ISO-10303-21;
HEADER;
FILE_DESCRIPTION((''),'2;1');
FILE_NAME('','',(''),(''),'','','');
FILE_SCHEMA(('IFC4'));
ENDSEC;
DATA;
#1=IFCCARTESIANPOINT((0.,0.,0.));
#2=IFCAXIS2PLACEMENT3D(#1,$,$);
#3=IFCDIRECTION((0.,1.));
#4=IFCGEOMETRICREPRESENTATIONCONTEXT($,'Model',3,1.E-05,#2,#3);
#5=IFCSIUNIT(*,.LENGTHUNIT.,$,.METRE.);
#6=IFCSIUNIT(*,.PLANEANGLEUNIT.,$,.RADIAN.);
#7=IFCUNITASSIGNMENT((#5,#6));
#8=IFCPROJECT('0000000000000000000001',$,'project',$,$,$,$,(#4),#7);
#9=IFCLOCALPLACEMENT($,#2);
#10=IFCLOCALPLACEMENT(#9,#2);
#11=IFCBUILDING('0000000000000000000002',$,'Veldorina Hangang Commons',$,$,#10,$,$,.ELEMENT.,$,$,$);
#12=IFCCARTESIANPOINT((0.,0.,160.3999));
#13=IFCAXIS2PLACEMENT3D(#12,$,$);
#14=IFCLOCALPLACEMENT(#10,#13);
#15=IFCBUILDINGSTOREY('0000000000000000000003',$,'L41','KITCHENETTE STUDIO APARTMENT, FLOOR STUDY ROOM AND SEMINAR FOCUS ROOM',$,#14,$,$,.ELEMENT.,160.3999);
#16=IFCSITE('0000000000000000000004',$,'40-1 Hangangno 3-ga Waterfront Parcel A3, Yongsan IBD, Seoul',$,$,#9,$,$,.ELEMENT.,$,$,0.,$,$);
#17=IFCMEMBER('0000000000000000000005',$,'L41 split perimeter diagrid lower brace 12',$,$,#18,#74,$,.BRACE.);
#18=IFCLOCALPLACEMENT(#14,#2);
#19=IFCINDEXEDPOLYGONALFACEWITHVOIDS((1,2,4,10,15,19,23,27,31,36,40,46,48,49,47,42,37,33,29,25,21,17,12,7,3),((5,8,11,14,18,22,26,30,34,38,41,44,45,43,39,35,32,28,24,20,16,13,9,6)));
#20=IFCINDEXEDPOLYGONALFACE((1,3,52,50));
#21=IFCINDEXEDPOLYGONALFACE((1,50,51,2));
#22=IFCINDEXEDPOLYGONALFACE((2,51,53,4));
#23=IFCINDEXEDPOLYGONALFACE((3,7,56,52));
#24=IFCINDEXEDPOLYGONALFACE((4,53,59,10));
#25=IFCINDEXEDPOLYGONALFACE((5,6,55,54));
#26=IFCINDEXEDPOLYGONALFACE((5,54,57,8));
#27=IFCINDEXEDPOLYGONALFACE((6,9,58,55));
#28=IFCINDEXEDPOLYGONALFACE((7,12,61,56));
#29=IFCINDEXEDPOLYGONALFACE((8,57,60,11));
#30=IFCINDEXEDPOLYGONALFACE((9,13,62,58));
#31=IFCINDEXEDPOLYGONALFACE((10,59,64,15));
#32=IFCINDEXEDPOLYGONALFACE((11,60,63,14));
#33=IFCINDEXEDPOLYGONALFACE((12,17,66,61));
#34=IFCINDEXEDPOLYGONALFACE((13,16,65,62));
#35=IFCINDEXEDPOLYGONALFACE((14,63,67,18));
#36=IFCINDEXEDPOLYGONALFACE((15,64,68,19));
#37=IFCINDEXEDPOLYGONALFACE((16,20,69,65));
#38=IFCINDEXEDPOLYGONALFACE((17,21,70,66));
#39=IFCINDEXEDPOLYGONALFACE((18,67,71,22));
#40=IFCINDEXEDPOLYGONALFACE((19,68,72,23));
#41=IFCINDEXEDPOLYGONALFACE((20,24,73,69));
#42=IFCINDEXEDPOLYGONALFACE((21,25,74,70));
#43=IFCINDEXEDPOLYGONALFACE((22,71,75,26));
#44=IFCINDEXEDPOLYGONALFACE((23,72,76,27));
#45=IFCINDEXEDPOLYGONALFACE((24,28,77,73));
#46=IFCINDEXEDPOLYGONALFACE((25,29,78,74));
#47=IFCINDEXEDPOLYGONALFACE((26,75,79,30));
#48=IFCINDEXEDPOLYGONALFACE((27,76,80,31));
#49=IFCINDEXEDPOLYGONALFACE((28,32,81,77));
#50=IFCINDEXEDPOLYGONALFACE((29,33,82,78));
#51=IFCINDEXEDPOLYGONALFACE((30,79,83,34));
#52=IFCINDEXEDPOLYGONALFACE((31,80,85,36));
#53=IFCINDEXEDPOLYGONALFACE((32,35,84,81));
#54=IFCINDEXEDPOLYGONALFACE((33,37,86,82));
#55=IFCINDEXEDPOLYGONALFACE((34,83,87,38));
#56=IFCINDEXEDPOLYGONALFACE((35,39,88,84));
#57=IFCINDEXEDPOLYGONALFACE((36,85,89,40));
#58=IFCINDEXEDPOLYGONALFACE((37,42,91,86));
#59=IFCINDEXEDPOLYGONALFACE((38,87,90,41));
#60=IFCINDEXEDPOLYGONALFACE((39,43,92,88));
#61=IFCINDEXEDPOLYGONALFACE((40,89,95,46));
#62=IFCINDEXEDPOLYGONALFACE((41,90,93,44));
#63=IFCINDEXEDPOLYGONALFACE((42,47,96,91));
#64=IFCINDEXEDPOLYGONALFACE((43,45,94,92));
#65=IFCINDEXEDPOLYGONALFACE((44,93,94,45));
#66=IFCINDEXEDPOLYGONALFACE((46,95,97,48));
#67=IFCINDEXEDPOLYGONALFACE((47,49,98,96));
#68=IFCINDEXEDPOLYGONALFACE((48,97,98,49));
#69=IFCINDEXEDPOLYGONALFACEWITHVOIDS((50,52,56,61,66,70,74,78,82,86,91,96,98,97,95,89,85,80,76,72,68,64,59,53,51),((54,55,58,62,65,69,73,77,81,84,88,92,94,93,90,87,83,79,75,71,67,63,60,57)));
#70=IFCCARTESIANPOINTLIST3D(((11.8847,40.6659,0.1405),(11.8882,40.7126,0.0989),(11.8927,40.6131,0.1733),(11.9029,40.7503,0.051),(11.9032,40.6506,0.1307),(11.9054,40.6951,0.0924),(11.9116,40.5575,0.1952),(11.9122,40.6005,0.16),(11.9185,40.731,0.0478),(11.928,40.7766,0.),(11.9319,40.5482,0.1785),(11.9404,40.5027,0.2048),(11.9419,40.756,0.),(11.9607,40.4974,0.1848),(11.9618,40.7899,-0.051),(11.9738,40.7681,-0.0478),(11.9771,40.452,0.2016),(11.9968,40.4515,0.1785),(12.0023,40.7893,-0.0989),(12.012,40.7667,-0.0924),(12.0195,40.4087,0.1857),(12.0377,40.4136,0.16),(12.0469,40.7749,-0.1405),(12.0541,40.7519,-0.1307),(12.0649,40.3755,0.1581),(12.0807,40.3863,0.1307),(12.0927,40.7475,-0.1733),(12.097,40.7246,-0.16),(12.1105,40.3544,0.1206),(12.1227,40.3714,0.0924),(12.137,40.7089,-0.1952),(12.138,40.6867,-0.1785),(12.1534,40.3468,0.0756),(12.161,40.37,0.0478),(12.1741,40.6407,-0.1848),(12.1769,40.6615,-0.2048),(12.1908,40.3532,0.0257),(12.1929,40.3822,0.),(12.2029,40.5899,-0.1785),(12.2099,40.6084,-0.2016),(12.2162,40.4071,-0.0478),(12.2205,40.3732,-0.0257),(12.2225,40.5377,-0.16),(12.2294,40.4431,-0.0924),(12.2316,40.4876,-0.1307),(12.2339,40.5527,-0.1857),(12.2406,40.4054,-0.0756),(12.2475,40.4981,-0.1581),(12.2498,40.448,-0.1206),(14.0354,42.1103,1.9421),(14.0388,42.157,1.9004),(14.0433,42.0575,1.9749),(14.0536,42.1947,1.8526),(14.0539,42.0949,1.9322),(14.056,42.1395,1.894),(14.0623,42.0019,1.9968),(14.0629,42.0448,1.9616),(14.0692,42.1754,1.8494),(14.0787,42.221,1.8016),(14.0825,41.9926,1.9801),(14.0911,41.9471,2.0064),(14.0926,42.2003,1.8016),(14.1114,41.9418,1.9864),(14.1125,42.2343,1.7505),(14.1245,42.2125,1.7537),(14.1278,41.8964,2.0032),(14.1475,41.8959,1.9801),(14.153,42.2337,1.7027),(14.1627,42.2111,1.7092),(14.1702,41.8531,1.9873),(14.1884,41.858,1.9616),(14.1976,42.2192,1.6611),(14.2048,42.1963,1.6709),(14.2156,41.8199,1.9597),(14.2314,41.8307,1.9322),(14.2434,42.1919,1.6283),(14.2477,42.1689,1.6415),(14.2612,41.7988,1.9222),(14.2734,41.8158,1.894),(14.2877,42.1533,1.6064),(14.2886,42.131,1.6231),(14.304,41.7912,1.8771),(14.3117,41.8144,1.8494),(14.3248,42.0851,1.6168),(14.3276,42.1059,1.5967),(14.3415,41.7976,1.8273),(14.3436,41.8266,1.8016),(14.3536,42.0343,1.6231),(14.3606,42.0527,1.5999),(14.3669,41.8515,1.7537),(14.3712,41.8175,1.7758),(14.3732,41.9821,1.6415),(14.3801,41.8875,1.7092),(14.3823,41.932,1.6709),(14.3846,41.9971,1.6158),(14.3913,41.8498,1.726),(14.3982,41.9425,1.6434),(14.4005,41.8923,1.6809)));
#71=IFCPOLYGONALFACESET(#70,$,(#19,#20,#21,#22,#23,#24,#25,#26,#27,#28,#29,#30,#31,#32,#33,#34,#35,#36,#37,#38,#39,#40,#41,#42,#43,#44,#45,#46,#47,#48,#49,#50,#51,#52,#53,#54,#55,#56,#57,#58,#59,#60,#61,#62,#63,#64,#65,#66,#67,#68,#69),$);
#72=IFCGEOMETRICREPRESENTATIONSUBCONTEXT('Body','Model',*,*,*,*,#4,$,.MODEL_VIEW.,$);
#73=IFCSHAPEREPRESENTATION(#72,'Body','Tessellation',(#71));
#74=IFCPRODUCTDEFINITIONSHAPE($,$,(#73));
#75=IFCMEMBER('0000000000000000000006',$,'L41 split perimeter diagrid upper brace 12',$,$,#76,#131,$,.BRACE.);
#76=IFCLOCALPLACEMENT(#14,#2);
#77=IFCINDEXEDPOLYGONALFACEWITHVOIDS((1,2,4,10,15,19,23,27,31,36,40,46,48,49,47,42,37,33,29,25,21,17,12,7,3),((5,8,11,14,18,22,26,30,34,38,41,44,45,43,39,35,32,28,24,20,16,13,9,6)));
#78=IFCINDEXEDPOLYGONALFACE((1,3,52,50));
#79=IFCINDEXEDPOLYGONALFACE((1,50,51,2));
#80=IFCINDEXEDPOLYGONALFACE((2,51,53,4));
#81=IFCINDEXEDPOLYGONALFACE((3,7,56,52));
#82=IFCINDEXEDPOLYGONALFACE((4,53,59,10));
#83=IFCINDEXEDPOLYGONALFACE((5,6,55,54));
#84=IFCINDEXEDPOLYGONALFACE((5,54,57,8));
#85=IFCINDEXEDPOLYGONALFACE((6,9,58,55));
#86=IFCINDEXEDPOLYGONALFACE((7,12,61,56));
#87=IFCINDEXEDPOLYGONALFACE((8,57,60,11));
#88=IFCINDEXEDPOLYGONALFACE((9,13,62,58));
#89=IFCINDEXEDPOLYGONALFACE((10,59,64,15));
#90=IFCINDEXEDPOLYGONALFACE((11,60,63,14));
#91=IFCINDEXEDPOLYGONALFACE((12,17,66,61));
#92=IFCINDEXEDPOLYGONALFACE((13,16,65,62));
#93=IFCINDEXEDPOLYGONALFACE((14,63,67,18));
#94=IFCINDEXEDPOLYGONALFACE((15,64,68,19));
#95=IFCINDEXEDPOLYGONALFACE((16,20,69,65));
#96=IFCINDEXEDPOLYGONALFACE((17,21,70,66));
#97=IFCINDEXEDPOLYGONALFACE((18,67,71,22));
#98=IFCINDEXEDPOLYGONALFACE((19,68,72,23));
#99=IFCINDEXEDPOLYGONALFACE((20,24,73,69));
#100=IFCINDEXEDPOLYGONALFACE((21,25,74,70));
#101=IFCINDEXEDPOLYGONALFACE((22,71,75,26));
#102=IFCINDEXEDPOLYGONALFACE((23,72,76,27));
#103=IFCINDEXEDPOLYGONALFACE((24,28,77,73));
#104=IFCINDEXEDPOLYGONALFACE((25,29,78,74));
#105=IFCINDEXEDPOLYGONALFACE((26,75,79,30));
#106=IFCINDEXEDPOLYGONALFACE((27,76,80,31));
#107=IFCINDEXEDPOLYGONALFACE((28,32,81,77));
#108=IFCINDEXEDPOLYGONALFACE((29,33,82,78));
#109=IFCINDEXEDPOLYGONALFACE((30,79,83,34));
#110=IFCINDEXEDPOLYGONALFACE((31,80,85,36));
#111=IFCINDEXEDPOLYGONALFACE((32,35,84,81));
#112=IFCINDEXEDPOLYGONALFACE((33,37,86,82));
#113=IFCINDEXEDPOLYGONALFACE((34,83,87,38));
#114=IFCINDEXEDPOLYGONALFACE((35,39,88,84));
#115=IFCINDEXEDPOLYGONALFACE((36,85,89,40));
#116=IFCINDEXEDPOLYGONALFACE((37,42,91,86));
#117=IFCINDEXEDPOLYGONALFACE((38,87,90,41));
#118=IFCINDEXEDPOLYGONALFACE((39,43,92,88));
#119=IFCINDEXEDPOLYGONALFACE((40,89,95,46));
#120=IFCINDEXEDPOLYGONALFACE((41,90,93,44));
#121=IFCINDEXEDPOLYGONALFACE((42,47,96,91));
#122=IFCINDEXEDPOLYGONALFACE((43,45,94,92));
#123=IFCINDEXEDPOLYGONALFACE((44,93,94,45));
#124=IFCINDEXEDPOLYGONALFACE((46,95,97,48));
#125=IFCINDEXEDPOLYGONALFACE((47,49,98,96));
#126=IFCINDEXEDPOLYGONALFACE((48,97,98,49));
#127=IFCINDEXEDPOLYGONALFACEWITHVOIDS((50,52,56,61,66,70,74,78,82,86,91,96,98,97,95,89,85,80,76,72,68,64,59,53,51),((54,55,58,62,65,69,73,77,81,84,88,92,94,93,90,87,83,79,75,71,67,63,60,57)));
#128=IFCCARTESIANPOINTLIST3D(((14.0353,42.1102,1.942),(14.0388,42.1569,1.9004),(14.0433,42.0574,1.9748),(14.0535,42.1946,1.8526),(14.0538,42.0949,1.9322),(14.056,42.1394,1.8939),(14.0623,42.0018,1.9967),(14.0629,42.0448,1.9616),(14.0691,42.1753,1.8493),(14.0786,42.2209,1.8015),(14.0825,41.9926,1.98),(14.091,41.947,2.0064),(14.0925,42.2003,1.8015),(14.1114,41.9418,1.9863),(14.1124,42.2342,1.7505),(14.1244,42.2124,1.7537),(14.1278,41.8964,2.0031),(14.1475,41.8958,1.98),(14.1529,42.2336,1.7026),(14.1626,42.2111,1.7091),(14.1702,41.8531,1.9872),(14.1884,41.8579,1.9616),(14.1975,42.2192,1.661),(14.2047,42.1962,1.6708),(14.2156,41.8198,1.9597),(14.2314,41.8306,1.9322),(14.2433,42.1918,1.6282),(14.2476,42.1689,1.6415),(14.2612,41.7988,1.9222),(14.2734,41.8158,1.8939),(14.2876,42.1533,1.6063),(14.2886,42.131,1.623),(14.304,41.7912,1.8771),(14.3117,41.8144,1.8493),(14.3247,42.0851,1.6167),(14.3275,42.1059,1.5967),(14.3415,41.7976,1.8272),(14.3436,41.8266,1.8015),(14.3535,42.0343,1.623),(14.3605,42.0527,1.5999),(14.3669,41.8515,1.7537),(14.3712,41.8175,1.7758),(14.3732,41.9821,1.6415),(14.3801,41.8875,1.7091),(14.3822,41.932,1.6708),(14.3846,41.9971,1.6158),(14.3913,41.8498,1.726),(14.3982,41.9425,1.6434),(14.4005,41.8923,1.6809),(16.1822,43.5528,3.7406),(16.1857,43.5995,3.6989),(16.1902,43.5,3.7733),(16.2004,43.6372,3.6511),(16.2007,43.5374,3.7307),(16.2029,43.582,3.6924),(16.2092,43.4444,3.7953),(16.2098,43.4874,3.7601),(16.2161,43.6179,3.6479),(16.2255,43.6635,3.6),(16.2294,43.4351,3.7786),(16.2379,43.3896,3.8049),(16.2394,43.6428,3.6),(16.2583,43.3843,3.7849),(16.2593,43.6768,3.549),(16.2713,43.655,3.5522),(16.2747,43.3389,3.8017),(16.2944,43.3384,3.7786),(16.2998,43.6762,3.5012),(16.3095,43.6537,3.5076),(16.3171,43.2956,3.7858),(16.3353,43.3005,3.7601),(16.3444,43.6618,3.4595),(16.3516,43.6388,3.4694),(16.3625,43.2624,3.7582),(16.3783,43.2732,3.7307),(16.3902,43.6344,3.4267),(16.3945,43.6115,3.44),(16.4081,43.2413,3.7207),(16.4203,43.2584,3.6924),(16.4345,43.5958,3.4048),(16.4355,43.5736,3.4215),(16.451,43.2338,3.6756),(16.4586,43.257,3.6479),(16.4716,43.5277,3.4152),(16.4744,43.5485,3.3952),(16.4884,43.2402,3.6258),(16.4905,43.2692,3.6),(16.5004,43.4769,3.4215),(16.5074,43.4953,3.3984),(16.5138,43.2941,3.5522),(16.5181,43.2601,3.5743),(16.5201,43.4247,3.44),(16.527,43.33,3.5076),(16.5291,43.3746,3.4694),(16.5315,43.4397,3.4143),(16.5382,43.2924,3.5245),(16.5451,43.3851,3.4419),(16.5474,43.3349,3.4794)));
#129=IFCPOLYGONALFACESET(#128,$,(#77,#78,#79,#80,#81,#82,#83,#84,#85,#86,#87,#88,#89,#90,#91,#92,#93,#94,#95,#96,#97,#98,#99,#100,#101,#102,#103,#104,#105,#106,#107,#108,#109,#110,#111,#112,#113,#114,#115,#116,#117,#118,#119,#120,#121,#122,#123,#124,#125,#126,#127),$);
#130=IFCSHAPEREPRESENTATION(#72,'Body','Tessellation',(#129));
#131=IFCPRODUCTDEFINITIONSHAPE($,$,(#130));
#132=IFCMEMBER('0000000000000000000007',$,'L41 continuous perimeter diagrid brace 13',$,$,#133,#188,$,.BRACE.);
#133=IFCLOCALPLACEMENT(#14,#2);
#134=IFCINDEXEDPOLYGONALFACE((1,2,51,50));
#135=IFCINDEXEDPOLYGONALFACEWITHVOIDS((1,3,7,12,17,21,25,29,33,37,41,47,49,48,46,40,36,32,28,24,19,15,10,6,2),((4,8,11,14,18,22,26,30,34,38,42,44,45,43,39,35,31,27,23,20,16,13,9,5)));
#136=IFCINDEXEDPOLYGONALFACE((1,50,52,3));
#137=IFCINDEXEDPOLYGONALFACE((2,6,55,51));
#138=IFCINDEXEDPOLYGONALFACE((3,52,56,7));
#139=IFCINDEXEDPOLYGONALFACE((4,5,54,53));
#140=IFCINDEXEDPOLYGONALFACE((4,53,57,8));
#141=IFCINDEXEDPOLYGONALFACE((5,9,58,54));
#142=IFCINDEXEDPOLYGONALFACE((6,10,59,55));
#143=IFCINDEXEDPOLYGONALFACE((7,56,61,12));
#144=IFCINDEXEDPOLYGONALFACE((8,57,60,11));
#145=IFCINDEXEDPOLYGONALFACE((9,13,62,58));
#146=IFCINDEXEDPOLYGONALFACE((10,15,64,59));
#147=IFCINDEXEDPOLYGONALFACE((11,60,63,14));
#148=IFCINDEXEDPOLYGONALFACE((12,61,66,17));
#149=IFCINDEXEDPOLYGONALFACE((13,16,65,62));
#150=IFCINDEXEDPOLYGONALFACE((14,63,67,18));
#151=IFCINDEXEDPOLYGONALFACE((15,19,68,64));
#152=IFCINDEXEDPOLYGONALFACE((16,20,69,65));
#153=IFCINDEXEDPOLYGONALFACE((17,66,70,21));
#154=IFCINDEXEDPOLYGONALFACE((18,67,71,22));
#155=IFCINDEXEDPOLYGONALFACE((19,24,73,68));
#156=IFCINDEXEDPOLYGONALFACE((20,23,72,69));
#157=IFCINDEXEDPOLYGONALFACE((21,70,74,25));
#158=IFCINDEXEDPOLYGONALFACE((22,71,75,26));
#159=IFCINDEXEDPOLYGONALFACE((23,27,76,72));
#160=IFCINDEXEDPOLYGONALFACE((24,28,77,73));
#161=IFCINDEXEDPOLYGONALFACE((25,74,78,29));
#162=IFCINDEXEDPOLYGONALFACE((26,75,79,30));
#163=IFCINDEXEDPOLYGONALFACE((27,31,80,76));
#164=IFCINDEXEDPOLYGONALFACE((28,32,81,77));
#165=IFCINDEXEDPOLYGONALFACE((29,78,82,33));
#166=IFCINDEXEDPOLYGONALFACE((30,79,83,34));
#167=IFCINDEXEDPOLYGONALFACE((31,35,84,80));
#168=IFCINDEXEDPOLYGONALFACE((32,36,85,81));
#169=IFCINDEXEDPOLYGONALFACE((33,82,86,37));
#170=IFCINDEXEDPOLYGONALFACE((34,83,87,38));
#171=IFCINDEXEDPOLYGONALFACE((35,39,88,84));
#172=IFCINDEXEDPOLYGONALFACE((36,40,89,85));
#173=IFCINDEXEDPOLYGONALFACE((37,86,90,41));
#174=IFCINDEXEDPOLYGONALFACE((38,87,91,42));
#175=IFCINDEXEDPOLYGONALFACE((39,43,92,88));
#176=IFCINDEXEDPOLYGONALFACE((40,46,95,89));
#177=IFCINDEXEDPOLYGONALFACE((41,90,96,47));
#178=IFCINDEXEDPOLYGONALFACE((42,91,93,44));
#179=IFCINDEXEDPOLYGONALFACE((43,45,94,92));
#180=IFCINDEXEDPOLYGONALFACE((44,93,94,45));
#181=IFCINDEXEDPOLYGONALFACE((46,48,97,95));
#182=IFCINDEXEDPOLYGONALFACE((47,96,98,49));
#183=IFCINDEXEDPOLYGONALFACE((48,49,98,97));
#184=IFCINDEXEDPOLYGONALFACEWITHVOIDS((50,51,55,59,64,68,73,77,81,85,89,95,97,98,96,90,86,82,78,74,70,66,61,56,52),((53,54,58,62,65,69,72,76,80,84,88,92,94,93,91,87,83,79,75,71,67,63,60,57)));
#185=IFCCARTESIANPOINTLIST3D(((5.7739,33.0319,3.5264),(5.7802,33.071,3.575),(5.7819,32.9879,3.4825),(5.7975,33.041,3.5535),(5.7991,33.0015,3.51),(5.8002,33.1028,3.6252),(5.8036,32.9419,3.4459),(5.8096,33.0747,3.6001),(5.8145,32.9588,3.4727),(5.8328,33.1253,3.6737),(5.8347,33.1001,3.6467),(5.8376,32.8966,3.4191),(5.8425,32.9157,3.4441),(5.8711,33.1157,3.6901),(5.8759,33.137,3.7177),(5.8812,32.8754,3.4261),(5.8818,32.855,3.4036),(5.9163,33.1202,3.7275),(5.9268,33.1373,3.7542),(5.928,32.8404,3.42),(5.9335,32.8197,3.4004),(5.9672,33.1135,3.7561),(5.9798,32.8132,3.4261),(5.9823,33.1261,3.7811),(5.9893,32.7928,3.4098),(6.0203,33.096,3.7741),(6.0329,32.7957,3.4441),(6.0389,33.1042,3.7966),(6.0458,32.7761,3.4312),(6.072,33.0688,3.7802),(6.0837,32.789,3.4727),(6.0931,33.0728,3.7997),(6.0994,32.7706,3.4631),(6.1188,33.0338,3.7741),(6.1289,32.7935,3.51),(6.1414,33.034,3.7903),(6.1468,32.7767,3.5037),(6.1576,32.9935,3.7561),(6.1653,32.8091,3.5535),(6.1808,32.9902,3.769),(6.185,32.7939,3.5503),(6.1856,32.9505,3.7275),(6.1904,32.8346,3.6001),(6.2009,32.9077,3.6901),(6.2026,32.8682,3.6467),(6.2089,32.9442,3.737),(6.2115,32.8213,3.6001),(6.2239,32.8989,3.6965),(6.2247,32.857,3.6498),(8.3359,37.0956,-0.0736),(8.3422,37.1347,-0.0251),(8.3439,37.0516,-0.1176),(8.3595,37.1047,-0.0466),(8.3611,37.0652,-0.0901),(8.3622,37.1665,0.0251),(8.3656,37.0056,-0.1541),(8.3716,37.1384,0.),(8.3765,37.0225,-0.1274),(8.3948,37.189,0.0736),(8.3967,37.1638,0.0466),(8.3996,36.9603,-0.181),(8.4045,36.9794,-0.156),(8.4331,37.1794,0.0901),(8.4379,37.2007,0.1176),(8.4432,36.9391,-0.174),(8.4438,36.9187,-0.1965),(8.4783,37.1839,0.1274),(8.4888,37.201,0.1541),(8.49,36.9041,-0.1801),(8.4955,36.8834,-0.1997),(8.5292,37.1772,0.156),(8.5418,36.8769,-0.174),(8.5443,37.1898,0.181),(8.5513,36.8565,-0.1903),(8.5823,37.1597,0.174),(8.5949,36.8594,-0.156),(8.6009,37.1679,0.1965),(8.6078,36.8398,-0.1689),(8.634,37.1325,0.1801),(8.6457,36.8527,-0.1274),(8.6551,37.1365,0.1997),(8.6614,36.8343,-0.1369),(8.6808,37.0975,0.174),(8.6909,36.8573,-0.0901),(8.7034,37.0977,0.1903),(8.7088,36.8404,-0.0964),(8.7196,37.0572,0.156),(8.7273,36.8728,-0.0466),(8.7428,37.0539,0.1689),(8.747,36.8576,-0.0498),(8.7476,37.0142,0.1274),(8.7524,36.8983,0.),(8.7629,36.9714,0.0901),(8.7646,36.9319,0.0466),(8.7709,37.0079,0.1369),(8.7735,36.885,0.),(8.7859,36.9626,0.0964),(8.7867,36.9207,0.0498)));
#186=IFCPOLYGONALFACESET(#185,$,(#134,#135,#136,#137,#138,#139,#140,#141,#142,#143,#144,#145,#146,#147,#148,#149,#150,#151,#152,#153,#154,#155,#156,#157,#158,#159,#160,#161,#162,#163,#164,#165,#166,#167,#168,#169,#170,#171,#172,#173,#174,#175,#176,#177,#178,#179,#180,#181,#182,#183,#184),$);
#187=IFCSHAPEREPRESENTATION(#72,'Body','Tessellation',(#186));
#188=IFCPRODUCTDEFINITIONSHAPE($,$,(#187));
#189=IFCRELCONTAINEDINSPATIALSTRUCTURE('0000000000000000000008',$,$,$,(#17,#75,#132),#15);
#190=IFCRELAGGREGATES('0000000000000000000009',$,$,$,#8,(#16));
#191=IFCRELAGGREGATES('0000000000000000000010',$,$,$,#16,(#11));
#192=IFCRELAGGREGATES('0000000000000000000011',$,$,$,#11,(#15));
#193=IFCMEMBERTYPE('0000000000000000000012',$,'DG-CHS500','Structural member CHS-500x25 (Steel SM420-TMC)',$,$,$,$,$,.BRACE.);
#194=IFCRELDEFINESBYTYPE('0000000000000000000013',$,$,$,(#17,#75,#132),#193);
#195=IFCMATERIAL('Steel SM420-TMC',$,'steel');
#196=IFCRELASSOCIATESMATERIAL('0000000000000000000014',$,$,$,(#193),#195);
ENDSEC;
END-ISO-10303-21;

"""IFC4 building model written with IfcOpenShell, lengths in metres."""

from ifc_helpers import new_model, si_unit, direction, frame, origin, origin_2d, place, context, subcontext, project, spatial, hollow_circle, extrude, material, material_profile, profile_set, type_object, element, save


model = new_model("IFC4")

# Units and contexts
model_context = context("Model", 3, precision=1e-05, world=origin(), true_north=direction((0.0, 1.0)))
body_context = subcontext(model_context, "Body", "Model", "MODEL_VIEW")
ifc_project = project(units=[si_unit("LENGTHUNIT", "METRE"), si_unit("PLANEANGLEUNIT", "RADIAN")], contexts=[model_context])

# Site, building, storey
site_placement = place(None, origin())
site = spatial("IfcSite", under=ifc_project, at=site_placement, Name="40-1 Hangangno 3-ga Waterfront Parcel A3, Yongsan IBD, Seoul", CompositionType="ELEMENT", RefElevation=0.0)
building_placement = place(site_placement, origin())
building = spatial("IfcBuilding", under=site, at=building_placement, Name="Veldorina Hangang Commons", CompositionType="ELEMENT")
storey_placement = place(building_placement, frame((0.0, 0.0, 160.3999)))
storey = spatial("IfcBuildingStorey", under=building, at=storey_placement, Name="L41", Description="KITCHENETTE STUDIO APARTMENT, FLOOR STUDY ROOM AND SEMINAR FOCUS ROOM", CompositionType="ELEMENT", Elevation=160.3999)

# Shared definitions
ifc_material_1 = material(Name="Steel SM420-TMC", Category="steel")

# Members
ifc_material_profile_1 = material_profile(ifc_material_1, hollow_circle(Radius=0.25, WallThickness=0.0249, at=origin_2d()), Name="CHS-500x25")
ifc_profile_set_1 = profile_set([ifc_material_profile_1], Name="Steel SM420-TMC")
member_type = type_object("IfcMemberType", Name="DG-CHS500", Description="Structural member CHS-500x25 (Steel SM420-TMC)", PredefinedType="BRACE", material=ifc_profile_set_1)
member_1_placement = place(storey_placement, frame((12.0674, 40.5691, 0.0), z_axis=(0.681565, 0.457729, 0.570924), x_axis=(-0.557524, 0.830161, 0.0)))
element("IfcMember", 1, at=member_1_placement, inside=storey, type_object=member_type, Name="L41 split perimeter diagrid lower brace 12", PredefinedType="BRACE", context=body_context, shape_type="SweptSolid", body=[
    extrude(hollow_circle(Radius=0.25, WallThickness=0.0249, at=origin_2d()), origin(), (0.0, 0.0, 1.0), 3.1555),
])
member_2_placement = place(storey_placement, frame((14.218, 42.0134, 1.8015), z_axis=(0.681473, 0.457906, 0.570891), x_axis=(-0.557724, 0.830026, 0.0)))
element("IfcMember", 2, at=member_2_placement, inside=storey, type_object=member_type, Name="L41 split perimeter diagrid upper brace 12", PredefinedType="BRACE", context=body_context, shape_type="SweptSolid", body=[
    extrude(hollow_circle(Radius=0.25, WallThickness=0.0249, at=origin_2d()), origin(), (0.0, 0.0, 1.0), 3.1504),
])
member_3_placement = place(storey_placement, frame((8.562, 37.0183, 0.0), z_axis=(-0.426774, -0.676926, 0.599696), x_axis=(0.845916, -0.533316, 0.0)))
element("IfcMember", 3, at=member_3_placement, inside=storey, type_object=member_type, Name="L41 continuous perimeter diagrid brace 13", PredefinedType="BRACE", context=body_context, shape_type="SweptSolid", body=[
    extrude(hollow_circle(Radius=0.25, WallThickness=0.0249, at=origin_2d()), origin(), (0.0, 0.0, 1.0), 6.0032),
])

save(model, "model.ifc")
